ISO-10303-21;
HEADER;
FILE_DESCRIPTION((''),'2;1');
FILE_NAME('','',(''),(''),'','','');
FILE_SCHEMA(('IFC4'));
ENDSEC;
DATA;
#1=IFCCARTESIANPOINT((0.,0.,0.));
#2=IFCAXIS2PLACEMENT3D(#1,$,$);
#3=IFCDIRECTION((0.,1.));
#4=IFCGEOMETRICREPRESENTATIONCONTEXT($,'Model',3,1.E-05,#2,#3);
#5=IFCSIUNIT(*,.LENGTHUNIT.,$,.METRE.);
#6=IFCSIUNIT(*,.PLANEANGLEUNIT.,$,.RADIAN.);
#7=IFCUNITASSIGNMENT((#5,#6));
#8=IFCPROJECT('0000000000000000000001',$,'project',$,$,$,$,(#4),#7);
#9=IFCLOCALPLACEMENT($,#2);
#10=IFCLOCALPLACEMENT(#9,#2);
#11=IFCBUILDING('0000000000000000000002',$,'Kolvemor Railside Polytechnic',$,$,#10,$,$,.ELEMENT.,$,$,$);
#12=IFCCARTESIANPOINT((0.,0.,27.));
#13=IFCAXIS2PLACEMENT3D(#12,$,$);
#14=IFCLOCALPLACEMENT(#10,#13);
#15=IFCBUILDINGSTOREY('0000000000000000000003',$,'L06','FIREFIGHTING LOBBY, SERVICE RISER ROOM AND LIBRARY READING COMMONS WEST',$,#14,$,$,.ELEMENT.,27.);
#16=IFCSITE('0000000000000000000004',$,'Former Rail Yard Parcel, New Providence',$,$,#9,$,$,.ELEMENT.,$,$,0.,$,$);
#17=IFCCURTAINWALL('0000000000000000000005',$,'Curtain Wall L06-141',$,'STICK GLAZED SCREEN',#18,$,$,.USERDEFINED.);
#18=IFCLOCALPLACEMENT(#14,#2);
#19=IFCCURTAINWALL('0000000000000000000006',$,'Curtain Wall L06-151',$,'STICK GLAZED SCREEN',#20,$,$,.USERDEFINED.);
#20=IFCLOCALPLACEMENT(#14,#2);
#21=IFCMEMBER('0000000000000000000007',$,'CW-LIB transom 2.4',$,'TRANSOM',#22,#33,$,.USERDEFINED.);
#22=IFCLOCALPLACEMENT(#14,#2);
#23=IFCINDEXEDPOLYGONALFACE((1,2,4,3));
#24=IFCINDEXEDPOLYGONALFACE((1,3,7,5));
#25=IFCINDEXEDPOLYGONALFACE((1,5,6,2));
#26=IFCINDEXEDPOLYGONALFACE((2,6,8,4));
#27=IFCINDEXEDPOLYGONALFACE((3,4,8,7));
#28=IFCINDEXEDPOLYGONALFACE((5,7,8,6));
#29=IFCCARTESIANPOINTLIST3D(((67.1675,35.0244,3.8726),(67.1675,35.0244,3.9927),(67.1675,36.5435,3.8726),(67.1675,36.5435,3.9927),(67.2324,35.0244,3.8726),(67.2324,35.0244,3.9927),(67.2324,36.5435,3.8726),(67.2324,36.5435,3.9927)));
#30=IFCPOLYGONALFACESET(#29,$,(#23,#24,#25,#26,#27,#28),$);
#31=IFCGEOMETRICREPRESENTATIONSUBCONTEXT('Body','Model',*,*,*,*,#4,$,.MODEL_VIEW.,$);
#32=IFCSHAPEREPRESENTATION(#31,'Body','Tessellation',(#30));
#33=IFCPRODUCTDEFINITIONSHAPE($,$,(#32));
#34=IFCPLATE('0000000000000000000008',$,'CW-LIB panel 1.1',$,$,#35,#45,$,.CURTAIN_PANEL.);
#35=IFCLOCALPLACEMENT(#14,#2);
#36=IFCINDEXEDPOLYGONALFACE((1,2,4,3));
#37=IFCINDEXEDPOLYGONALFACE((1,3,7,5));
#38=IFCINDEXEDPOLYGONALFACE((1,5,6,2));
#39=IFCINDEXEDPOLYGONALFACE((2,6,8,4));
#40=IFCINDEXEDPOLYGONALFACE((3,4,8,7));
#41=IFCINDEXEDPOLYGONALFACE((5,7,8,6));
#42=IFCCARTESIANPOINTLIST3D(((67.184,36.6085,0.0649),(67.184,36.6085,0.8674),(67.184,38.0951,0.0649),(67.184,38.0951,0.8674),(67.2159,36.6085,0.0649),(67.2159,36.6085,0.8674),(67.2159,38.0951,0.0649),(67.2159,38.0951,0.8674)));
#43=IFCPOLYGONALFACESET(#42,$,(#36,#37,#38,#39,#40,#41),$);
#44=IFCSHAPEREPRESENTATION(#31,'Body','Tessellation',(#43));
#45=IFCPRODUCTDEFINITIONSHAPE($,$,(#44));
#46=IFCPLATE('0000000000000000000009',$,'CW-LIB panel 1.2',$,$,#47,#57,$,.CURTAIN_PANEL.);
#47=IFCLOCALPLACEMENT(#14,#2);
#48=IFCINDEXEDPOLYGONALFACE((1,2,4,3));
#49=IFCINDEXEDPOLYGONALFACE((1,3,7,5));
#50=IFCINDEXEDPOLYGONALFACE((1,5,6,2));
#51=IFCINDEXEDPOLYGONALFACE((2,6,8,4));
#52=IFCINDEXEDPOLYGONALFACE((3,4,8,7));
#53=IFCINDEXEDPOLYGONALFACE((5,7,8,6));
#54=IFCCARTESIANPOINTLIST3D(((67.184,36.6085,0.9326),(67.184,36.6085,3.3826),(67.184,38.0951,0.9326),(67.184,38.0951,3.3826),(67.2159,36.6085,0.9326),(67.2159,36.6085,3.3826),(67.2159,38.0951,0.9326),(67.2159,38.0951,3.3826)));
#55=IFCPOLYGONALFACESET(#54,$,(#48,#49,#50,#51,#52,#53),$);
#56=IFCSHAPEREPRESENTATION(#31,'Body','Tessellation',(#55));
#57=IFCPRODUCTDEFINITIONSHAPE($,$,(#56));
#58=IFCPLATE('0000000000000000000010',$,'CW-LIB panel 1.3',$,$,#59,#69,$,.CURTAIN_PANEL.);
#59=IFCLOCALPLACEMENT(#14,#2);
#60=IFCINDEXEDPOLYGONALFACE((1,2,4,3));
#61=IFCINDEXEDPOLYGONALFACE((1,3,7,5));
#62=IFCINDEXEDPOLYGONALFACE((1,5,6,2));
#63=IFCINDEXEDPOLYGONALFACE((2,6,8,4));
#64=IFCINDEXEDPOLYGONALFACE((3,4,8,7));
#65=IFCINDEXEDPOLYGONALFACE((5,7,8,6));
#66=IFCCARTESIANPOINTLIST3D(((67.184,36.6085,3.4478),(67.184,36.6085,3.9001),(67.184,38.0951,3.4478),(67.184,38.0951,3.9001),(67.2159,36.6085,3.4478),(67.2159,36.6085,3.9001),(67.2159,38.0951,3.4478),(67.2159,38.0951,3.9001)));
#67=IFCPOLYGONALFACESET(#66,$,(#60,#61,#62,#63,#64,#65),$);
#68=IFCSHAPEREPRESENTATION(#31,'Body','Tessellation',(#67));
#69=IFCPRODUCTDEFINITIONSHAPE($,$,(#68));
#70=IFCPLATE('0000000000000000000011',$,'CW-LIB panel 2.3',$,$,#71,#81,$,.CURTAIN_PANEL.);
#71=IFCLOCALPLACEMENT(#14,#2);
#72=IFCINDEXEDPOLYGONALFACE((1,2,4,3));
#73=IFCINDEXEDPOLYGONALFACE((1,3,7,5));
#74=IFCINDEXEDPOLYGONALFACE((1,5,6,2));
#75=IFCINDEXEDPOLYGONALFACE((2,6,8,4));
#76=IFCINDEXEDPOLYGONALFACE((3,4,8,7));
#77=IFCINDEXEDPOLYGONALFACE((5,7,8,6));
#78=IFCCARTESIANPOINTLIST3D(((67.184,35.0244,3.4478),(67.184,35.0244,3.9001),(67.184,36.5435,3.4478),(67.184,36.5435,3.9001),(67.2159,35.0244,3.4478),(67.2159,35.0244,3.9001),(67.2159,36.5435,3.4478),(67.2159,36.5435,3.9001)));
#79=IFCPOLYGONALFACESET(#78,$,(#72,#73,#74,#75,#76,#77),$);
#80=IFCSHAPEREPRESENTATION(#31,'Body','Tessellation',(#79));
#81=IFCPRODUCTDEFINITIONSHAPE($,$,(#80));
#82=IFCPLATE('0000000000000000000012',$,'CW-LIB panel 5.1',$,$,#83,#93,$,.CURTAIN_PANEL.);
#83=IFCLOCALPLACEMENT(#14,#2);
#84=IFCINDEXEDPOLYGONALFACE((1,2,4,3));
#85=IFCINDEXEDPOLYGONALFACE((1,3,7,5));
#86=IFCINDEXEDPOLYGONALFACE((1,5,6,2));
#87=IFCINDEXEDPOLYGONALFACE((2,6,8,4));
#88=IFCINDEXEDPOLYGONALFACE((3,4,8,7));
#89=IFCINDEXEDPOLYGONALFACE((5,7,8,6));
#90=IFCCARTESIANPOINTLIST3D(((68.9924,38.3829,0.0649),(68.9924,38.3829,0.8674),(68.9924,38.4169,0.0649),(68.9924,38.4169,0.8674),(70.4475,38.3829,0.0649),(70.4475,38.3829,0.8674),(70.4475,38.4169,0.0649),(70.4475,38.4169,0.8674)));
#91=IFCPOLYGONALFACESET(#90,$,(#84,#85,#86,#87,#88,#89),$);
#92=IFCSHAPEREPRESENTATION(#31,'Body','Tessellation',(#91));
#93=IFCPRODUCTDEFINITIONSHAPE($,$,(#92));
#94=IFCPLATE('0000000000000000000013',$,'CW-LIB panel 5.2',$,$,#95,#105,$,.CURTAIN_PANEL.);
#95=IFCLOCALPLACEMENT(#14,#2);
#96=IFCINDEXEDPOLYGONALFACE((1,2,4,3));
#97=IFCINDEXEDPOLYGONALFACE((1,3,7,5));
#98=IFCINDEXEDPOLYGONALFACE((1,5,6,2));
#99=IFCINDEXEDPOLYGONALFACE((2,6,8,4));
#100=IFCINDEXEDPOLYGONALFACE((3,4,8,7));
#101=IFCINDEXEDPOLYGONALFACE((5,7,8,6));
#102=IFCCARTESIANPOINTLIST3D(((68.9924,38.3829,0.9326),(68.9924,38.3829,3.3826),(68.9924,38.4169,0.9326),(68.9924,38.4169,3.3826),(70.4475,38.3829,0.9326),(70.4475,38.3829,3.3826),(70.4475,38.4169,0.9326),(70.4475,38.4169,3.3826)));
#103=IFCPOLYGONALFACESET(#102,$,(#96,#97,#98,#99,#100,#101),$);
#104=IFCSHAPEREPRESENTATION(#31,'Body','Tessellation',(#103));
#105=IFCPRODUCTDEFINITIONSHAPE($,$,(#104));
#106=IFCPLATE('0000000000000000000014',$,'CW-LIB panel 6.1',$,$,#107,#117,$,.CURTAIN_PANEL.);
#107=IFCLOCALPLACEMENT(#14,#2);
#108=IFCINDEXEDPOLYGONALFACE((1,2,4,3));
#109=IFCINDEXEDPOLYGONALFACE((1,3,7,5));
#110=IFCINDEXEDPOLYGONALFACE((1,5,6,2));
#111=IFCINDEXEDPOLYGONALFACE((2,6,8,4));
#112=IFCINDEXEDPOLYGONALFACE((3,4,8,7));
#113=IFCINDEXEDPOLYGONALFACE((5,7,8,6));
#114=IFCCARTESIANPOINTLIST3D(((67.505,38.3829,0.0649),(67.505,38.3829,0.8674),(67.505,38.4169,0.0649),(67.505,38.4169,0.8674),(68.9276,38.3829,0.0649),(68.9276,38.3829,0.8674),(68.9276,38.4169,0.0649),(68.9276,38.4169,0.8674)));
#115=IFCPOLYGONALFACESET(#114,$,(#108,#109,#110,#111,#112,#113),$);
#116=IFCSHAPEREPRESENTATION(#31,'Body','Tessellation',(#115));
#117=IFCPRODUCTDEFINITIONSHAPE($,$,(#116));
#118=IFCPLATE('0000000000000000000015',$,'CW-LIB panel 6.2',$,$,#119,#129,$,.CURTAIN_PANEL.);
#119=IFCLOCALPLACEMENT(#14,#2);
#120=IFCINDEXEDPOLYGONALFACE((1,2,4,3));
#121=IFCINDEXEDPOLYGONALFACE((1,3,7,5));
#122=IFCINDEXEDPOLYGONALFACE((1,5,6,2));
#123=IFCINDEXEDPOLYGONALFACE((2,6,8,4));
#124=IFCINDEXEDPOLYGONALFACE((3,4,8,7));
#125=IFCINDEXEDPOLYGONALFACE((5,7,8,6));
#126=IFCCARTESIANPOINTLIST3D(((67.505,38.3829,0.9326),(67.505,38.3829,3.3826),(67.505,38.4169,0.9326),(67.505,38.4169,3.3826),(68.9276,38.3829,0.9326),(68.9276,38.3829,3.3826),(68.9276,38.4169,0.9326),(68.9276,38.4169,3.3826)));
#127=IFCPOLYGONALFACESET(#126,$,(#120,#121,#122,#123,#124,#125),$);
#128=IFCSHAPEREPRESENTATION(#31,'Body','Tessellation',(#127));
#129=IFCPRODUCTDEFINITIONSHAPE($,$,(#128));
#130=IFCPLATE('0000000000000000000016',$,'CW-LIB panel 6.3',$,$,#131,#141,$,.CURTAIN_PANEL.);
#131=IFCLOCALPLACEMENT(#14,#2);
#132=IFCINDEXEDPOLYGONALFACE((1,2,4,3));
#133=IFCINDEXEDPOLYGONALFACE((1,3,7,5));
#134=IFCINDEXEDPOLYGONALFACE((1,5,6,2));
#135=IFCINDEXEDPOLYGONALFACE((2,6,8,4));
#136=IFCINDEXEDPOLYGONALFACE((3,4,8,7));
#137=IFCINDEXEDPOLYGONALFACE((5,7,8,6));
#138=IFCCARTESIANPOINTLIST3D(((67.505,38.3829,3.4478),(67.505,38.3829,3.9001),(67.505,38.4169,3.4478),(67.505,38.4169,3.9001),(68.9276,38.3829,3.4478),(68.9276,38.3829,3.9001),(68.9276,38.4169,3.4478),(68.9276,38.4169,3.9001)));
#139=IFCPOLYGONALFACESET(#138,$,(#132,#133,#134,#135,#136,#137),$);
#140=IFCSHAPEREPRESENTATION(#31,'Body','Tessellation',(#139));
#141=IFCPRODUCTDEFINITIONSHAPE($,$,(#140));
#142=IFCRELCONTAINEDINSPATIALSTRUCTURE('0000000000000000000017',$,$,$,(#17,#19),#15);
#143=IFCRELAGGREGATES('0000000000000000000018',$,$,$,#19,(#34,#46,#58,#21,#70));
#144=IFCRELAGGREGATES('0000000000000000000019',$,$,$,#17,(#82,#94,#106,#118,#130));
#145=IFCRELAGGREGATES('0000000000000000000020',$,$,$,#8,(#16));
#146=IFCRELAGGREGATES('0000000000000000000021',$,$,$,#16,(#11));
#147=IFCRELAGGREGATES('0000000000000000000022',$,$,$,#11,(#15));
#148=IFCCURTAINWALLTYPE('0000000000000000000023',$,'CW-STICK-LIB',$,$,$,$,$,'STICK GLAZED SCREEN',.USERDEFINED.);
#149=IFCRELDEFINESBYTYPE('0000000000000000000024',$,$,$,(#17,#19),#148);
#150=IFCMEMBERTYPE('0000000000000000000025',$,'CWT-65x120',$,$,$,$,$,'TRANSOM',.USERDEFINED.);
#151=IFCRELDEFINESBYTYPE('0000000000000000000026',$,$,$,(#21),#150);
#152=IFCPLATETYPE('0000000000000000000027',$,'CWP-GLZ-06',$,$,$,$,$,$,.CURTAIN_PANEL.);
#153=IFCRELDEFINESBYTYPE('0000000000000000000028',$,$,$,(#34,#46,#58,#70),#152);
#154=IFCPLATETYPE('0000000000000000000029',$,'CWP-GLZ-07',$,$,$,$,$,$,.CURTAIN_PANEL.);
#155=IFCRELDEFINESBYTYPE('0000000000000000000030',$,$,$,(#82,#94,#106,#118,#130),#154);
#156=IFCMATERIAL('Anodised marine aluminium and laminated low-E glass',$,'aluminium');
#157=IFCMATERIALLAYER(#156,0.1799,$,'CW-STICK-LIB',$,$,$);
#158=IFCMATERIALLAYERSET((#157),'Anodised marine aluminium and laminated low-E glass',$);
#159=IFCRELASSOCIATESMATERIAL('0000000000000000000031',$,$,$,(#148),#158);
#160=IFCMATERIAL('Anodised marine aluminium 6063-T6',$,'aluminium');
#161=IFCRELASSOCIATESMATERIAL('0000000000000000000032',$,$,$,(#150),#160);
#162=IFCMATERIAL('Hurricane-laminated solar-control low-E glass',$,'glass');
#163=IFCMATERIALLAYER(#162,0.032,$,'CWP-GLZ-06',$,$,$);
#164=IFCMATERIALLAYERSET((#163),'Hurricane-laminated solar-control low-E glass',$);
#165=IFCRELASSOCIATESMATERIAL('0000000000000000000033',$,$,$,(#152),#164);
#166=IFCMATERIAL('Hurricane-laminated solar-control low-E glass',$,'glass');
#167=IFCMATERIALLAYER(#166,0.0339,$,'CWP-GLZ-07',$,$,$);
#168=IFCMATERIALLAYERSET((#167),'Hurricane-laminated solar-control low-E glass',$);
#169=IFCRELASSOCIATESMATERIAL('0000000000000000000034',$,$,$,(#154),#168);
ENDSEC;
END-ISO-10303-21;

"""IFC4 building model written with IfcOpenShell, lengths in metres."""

from ifc_helpers import new_model, si_unit, direction, frame, origin, origin_2d, place, context, subcontext, project, spatial, rectangle, extrude, material, layer, layer_set, material_profile, profile_set, type_object, element, aggregate, save


model = new_model("IFC4")

# Units and contexts
model_context = context("Model", 3, precision=1e-05, world=origin(), true_north=direction((0.0, 1.0)))
body_context = subcontext(model_context, "Body", "Model", "MODEL_VIEW")
ifc_project = project(units=[si_unit("LENGTHUNIT", "METRE"), si_unit("PLANEANGLEUNIT", "RADIAN")], contexts=[model_context])

# Site, building, storey
site_placement = place(None, origin())
site = spatial("IfcSite", under=ifc_project, at=site_placement, Name="Former Rail Yard Parcel, New Providence", CompositionType="ELEMENT", RefElevation=0.0)
building_placement = place(site_placement, origin())
building = spatial("IfcBuilding", under=site, at=building_placement, Name="Kolvemor Railside Polytechnic", CompositionType="ELEMENT")
storey_placement = place(building_placement, frame((0.0, 0.0, 27.0)))
storey = spatial("IfcBuildingStorey", under=building, at=storey_placement, Name="L06", Description="FIREFIGHTING LOBBY, SERVICE RISER ROOM AND LIBRARY READING COMMONS WEST", CompositionType="ELEMENT", Elevation=27.0)

# Curtain walls
ifc_material_1 = material(Name="Anodised marine aluminium and laminated low-E glass", Category="aluminium")
ifc_layer_1 = layer(ifc_material_1, 0.1799, Name="CW-STICK-LIB")
ifc_layer_set_1 = layer_set([ifc_layer_1], Name="Anodised marine aluminium and laminated low-E glass")
curtain_wall_type = type_object("IfcCurtainWallType", Name="CW-STICK-LIB", ElementType="STICK GLAZED SCREEN", PredefinedType="USERDEFINED", material=ifc_layer_set_1)
curtain_wall_1_placement = place(storey_placement, origin())
curtain_wall_1 = element("IfcCurtainWall", 1, at=curtain_wall_1_placement, inside=storey, type_object=curtain_wall_type, Name="Curtain Wall L06-141", ObjectType="STICK GLAZED SCREEN", PredefinedType="USERDEFINED")
curtain_wall_2_placement = place(storey_placement, origin())
curtain_wall_2 = element("IfcCurtainWall", 2, at=curtain_wall_2_placement, inside=storey, type_object=curtain_wall_type, Name="Curtain Wall L06-151", ObjectType="STICK GLAZED SCREEN", PredefinedType="USERDEFINED")

# Member
ifc_material_2 = material(Name="Anodised marine aluminium 6063-T6", Category="aluminium")
ifc_material_profile_1 = material_profile(ifc_material_2, rectangle(XDim=0.0649, YDim=0.1201, at=origin_2d()), Name="CW-TRN-65x120")
ifc_profile_set_1 = profile_set([ifc_material_profile_1], Name="Anodised marine aluminium 6063-T6")
member_type_1 = type_object("IfcMemberType", Name="CWT-65x120", ElementType="TRANSOM", PredefinedType="USERDEFINED", material=ifc_profile_set_1)
member_1_placement = place(storey_placement, frame((67.2, 36.5435, 3.9326), z_axis=(0.0, -1.0, 0.0), x_axis=(1.0, 0.0, 0.0)))
member_1 = element("IfcMember", 3, at=member_1_placement, type_object=member_type_1, Name="CW-LIB transom 2.4", ObjectType="TRANSOM", PredefinedType="USERDEFINED", context=body_context, shape_type="SweptSolid", body=[
    extrude(rectangle(XDim=0.0649, YDim=0.1201, at=origin_2d()), origin(), (0.0, 0.0, 1.0), 1.519),
])

# Plates
ifc_material_3 = material(Name="Hurricane-laminated solar-control low-E glass", Category="glass")
ifc_layer_2 = layer(ifc_material_3, 0.032, Name="CWP-GLZ-06")
ifc_layer_set_2 = layer_set([ifc_layer_2], Name="Hurricane-laminated solar-control low-E glass")
plate_type_1 = type_object("IfcPlateType", Name="CWP-GLZ-06", PredefinedType="CURTAIN_PANEL", material=ifc_layer_set_2)
plate_1_placement = place(storey_placement, frame((67.2, 37.3518, 0.0649), z_axis=(0.0, 0.0, 1.0), x_axis=(0.0, -1.0, 0.0)))
plate_1 = element("IfcPlate", 4, at=plate_1_placement, type_object=plate_type_1, Name="CW-LIB panel 1.1", PredefinedType="CURTAIN_PANEL", context=body_context, shape_type="SweptSolid", body=[
    extrude(rectangle(XDim=1.4866, YDim=0.032, at=origin_2d()), origin(), (0.0, 0.0, 1.0), 0.8025),
])
plate_2_placement = place(storey_placement, frame((67.2, 37.3518, 0.9326), z_axis=(0.0, 0.0, 1.0), x_axis=(0.0, -1.0, 0.0)))
plate_2 = element("IfcPlate", 5, at=plate_2_placement, type_object=plate_type_1, Name="CW-LIB panel 1.2", PredefinedType="CURTAIN_PANEL", context=body_context, shape_type="SweptSolid", body=[
    extrude(rectangle(XDim=1.4866, YDim=0.032, at=origin_2d()), origin(), (0.0, 0.0, 1.0), 2.45),
])
plate_3_placement = place(storey_placement, frame((67.2, 37.3518, 3.4478), z_axis=(0.0, 0.0, 1.0), x_axis=(0.0, -1.0, 0.0)))
plate_3 = element("IfcPlate", 6, at=plate_3_placement, type_object=plate_type_1, Name="CW-LIB panel 1.3", PredefinedType="CURTAIN_PANEL", context=body_context, shape_type="SweptSolid", body=[
    extrude(rectangle(XDim=1.4866, YDim=0.032, at=origin_2d()), origin(), (0.0, 0.0, 1.0), 0.4524),
])
plate_4_placement = place(storey_placement, frame((67.2, 35.7839, 3.4478), z_axis=(0.0, 0.0, 1.0), x_axis=(0.0, -1.0, 0.0)))
plate_4 = element("IfcPlate", 7, at=plate_4_placement, type_object=plate_type_1, Name="CW-LIB panel 2.3", PredefinedType="CURTAIN_PANEL", context=body_context, shape_type="SweptSolid", body=[
    extrude(rectangle(XDim=1.519, YDim=0.032, at=origin_2d()), origin(), (0.0, 0.0, 1.0), 0.4524),
])
aggregate(curtain_wall_2, [plate_1, plate_2, plate_3, member_1, plate_4])
ifc_material_4 = material(Name="Hurricane-laminated solar-control low-E glass", Category="glass")
ifc_layer_3 = layer(ifc_material_4, 0.0339, Name="CWP-GLZ-07")
ifc_layer_set_3 = layer_set([ifc_layer_3], Name="Hurricane-laminated solar-control low-E glass")
plate_type_2 = type_object("IfcPlateType", Name="CWP-GLZ-07", PredefinedType="CURTAIN_PANEL", material=ifc_layer_set_3)
plate_5_placement = place(storey_placement, frame((69.72, 38.3999, 0.0649), z_axis=(0.0, 0.0, 1.0), x_axis=(-1.0, 0.0, 0.0)))
plate_5 = element("IfcPlate", 8, at=plate_5_placement, type_object=plate_type_2, Name="CW-LIB panel 5.1", PredefinedType="CURTAIN_PANEL", context=body_context, shape_type="SweptSolid", body=[
    extrude(rectangle(XDim=1.4551, YDim=0.0339, at=origin_2d()), origin(), (0.0, 0.0, 1.0), 0.8025),
])
plate_6_placement = place(storey_placement, frame((69.72, 38.3999, 0.9326), z_axis=(0.0, 0.0, 1.0), x_axis=(-1.0, 0.0, 0.0)))
plate_6 = element("IfcPlate", 9, at=plate_6_placement, type_object=plate_type_2, Name="CW-LIB panel 5.2", PredefinedType="CURTAIN_PANEL", context=body_context, shape_type="SweptSolid", body=[
    extrude(rectangle(XDim=1.4551, YDim=0.0339, at=origin_2d()), origin(), (0.0, 0.0, 1.0), 2.45),
])
plate_7_placement = place(storey_placement, frame((68.2163, 38.3999, 0.0649), z_axis=(0.0, 0.0, 1.0), x_axis=(-1.0, 0.0, 0.0)))
plate_7 = element("IfcPlate", 10, at=plate_7_placement, type_object=plate_type_2, Name="CW-LIB panel 6.1", PredefinedType="CURTAIN_PANEL", context=body_context, shape_type="SweptSolid", body=[
    extrude(rectangle(XDim=1.4226, YDim=0.0339, at=origin_2d()), origin(), (0.0, 0.0, 1.0), 0.8025),
])
plate_8_placement = place(storey_placement, frame((68.2163, 38.3999, 0.9326), z_axis=(0.0, 0.0, 1.0), x_axis=(-1.0, 0.0, 0.0)))
plate_8 = element("IfcPlate", 11, at=plate_8_placement, type_object=plate_type_2, Name="CW-LIB panel 6.2", PredefinedType="CURTAIN_PANEL", context=body_context, shape_type="SweptSolid", body=[
    extrude(rectangle(XDim=1.4226, YDim=0.0339, at=origin_2d()), origin(), (0.0, 0.0, 1.0), 2.45),
])
plate_9_placement = place(storey_placement, frame((68.2163, 38.3999, 3.4478), z_axis=(0.0, 0.0, 1.0), x_axis=(-1.0, 0.0, 0.0)))
plate_9 = element("IfcPlate", 12, at=plate_9_placement, type_object=plate_type_2, Name="CW-LIB panel 6.3", PredefinedType="CURTAIN_PANEL", context=body_context, shape_type="SweptSolid", body=[
    extrude(rectangle(XDim=1.4226, YDim=0.0339, at=origin_2d()), origin(), (0.0, 0.0, 1.0), 0.4524),
])
aggregate(curtain_wall_1, [plate_5, plate_6, plate_7, plate_8, plate_9])

save(model, "model.ifc")
